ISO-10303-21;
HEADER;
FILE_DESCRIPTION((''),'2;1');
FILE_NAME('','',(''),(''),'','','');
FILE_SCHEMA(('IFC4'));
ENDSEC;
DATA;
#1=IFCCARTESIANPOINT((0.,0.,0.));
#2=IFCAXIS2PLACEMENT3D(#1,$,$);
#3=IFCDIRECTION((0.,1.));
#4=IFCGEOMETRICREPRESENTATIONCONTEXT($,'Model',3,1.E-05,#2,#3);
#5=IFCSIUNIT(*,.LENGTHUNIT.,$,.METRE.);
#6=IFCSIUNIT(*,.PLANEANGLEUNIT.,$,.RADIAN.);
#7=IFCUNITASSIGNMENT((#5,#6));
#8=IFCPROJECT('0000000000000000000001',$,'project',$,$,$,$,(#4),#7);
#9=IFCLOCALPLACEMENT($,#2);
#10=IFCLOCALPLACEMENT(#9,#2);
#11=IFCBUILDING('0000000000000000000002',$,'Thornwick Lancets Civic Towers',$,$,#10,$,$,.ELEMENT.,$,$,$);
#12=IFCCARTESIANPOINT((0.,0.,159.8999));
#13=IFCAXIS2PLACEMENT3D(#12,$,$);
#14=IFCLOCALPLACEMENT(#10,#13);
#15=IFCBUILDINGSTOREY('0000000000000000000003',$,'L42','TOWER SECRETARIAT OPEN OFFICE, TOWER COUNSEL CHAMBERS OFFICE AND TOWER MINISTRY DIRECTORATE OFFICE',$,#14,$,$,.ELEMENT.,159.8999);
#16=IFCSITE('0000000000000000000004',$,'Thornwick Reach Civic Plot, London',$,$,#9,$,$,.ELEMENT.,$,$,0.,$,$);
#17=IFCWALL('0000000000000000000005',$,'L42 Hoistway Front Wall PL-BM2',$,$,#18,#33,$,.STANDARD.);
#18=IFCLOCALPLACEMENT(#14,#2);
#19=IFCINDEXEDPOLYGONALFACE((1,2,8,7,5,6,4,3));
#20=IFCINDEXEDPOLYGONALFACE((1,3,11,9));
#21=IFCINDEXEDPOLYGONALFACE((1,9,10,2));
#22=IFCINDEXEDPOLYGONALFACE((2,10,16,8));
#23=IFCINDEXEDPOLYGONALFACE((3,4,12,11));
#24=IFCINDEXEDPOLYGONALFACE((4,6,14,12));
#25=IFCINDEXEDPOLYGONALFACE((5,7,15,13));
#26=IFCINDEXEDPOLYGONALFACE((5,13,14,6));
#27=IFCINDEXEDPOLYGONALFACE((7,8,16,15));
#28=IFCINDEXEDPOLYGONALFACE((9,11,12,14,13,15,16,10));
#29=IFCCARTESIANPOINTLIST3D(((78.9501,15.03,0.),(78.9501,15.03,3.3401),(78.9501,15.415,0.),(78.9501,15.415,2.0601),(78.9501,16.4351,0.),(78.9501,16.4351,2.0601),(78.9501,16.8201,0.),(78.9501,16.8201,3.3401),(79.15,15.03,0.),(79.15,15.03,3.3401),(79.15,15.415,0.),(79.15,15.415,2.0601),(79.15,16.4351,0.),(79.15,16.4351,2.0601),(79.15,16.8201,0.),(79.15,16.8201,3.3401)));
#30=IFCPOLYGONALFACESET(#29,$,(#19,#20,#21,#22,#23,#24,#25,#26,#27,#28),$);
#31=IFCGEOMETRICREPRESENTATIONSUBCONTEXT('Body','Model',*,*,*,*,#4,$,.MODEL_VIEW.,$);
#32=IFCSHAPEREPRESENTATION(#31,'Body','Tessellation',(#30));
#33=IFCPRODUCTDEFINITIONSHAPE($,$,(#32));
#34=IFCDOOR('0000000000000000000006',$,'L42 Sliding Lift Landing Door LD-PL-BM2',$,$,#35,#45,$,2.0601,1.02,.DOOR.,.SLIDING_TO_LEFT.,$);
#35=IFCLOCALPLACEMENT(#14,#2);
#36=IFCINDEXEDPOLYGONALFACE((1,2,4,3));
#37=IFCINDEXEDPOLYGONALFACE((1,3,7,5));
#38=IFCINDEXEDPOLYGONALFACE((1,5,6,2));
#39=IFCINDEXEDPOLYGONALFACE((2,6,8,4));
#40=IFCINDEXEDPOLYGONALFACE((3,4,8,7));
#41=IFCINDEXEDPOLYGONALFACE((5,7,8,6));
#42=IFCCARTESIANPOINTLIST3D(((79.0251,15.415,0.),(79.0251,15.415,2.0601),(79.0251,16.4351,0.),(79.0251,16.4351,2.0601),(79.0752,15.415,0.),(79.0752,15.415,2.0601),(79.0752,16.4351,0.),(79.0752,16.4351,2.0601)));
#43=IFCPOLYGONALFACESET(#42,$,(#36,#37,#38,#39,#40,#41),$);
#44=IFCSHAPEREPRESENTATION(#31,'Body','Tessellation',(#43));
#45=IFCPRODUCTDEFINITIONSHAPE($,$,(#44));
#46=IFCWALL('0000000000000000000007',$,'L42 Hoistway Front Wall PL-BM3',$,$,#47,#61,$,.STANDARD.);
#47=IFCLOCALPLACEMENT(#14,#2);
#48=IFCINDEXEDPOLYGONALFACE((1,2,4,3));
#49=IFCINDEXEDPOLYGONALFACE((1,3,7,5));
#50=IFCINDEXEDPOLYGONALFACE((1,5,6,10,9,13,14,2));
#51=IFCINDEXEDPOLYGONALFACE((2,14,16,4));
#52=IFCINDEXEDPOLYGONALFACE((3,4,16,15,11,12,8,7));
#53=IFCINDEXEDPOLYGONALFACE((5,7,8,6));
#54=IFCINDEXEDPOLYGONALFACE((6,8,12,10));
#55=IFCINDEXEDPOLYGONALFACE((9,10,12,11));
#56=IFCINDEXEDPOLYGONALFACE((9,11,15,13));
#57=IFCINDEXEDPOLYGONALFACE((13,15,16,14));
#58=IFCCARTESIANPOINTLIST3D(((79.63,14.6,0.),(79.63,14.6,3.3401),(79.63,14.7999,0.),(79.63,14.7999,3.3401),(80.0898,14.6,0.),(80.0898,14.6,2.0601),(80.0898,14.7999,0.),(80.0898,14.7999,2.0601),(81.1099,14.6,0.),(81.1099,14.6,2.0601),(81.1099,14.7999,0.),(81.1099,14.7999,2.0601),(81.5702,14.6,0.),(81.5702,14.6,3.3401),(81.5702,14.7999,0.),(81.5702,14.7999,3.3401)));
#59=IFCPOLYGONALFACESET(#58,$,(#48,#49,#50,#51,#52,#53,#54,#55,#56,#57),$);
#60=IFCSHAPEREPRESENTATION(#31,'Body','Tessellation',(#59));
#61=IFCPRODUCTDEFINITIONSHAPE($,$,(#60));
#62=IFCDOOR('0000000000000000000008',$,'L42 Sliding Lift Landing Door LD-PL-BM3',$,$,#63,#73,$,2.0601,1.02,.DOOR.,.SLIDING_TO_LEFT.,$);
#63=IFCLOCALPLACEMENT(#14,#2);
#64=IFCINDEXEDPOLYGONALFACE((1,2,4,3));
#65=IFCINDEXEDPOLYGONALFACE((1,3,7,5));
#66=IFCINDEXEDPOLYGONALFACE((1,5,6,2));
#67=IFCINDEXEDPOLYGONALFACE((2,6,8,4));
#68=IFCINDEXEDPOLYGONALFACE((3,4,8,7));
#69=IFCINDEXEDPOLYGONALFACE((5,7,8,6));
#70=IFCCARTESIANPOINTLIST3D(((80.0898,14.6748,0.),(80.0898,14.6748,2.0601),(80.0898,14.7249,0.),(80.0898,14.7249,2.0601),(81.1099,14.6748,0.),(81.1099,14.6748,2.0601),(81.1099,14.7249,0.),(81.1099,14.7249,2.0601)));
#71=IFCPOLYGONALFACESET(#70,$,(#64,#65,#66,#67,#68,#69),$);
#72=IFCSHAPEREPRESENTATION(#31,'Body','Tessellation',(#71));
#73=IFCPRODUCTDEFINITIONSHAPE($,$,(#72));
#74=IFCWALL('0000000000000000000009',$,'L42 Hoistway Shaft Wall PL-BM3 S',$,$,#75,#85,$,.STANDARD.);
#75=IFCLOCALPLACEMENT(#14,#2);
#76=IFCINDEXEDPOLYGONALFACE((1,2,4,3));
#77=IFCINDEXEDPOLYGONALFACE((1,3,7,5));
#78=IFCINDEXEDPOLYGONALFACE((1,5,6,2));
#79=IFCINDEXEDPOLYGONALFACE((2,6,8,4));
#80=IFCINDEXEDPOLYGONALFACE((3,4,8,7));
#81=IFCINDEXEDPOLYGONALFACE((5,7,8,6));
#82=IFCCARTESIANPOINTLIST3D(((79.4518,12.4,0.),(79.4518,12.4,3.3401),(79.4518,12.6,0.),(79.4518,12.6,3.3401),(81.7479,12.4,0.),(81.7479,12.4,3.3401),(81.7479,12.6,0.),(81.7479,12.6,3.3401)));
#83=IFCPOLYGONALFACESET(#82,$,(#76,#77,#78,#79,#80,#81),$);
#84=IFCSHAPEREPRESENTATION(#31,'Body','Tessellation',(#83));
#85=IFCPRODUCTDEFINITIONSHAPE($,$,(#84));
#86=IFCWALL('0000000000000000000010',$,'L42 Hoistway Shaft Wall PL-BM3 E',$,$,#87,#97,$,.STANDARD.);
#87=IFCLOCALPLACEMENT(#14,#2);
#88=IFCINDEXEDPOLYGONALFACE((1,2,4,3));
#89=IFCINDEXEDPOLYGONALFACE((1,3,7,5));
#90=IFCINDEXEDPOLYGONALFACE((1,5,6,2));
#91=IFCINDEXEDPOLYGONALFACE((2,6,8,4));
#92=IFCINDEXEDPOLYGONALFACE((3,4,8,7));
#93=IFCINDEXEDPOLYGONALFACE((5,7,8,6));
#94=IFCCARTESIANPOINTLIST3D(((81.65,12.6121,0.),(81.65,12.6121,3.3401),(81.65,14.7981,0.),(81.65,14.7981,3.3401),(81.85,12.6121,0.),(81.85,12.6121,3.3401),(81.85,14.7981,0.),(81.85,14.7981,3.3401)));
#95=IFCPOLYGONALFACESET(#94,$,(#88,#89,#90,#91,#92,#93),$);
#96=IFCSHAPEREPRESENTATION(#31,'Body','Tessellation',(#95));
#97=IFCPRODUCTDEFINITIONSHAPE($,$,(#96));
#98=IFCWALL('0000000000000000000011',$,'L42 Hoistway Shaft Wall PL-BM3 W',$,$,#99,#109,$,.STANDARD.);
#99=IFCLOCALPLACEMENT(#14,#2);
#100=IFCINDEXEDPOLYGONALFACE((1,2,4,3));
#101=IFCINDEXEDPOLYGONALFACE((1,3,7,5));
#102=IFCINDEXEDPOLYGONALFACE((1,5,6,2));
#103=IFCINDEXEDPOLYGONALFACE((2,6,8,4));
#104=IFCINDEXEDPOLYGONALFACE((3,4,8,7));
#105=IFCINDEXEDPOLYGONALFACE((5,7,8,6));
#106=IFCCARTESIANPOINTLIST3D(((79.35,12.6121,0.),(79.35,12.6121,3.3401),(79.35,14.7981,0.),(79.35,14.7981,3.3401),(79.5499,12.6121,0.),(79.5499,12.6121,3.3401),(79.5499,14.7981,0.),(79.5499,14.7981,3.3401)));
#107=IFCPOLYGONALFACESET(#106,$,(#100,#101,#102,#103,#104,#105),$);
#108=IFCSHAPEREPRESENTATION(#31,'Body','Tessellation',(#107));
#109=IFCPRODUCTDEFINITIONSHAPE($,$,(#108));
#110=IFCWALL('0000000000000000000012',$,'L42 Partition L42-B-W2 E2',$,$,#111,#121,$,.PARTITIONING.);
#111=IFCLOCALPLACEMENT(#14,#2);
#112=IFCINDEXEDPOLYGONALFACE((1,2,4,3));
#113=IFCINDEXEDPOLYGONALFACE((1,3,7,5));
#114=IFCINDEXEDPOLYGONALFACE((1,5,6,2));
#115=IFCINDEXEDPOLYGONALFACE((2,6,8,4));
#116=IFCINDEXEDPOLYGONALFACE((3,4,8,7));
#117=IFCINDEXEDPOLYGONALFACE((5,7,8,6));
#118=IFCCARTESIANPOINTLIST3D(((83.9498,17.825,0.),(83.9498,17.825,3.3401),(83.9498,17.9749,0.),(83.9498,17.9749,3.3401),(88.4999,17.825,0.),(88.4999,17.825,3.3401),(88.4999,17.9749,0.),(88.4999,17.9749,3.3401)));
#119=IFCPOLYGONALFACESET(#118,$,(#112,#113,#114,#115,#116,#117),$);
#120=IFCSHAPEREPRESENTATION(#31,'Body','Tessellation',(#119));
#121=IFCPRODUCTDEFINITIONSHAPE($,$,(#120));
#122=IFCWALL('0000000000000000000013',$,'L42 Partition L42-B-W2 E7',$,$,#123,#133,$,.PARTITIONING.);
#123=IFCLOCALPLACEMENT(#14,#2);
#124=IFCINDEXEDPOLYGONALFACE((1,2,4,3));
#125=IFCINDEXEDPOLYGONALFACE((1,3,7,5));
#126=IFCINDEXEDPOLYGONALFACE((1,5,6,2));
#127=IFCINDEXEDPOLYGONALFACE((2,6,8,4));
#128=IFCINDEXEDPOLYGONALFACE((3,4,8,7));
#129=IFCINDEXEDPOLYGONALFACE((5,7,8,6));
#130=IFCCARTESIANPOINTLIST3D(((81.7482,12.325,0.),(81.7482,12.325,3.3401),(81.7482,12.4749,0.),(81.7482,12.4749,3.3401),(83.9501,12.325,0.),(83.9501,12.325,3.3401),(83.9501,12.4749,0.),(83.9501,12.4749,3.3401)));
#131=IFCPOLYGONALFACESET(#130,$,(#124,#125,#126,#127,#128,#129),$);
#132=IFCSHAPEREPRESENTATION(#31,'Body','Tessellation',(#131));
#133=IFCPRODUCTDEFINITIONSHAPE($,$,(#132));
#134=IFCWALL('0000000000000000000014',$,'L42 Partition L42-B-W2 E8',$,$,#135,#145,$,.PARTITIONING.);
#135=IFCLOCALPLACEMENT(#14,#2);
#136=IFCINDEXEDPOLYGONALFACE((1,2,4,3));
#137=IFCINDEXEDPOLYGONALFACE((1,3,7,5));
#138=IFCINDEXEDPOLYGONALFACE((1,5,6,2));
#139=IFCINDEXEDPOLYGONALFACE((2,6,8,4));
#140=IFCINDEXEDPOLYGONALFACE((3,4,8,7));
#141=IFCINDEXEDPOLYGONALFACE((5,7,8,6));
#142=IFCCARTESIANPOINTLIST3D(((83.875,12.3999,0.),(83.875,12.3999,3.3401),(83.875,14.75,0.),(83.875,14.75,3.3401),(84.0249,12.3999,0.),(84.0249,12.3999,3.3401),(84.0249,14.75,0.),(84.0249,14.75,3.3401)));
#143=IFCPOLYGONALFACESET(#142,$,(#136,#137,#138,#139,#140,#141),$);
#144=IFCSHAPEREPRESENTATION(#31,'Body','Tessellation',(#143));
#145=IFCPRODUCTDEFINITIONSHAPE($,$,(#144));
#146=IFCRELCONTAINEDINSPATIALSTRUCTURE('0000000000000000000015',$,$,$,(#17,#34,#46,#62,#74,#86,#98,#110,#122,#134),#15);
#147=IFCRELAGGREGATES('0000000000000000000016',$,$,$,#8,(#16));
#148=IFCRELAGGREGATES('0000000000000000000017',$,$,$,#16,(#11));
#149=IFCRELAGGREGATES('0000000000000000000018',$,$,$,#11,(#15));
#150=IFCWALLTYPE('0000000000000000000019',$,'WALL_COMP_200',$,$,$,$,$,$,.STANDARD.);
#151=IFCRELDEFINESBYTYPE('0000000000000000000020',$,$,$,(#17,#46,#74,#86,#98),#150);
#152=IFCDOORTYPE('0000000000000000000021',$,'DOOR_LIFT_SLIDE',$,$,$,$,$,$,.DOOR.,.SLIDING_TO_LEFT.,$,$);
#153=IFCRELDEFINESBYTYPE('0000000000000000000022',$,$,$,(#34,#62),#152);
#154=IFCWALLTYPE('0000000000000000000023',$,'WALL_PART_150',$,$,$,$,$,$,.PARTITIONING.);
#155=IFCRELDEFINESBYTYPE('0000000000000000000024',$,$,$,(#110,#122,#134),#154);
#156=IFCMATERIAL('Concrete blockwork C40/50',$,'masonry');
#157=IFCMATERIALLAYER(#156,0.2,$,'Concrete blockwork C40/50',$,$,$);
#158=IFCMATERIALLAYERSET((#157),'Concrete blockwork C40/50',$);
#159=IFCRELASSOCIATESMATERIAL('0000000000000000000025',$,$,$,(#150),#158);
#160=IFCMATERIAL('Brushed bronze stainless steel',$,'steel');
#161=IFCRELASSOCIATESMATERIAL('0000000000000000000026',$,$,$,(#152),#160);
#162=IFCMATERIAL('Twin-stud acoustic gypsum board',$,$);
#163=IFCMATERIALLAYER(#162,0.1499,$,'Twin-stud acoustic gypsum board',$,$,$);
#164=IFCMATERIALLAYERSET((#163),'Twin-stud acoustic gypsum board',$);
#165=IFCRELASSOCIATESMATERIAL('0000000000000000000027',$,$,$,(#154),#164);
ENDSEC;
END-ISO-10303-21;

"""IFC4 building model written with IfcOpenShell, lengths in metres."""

from ifc_helpers import new_model, si_unit, direction, frame, frame_2d, origin, place, context, subcontext, project, spatial, rectangle, extrude, material, layer, layer_set, type_object, element, fill, save


model = new_model("IFC4")

# Units and contexts
model_context = context("Model", 3, precision=1e-05, world=origin(), true_north=direction((0.0, 1.0)))
body_context = subcontext(model_context, "Body", "Model", "MODEL_VIEW")
ifc_project = project(units=[si_unit("LENGTHUNIT", "METRE"), si_unit("PLANEANGLEUNIT", "RADIAN")], contexts=[model_context])

# Site, building, storey
site_placement = place(None, origin())
site = spatial("IfcSite", under=ifc_project, at=site_placement, Name="Thornwick Reach Civic Plot, London", CompositionType="ELEMENT", RefElevation=0.0)
building_placement = place(site_placement, origin())
building = spatial("IfcBuilding", under=site, at=building_placement, Name="Thornwick Lancets Civic Towers", CompositionType="ELEMENT")
storey_placement = place(building_placement, frame((0.0, 0.0, 159.8999)))
storey = spatial("IfcBuildingStorey", under=building, at=storey_placement, Name="L42", Description="TOWER SECRETARIAT OPEN OFFICE, TOWER COUNSEL CHAMBERS OFFICE AND TOWER MINISTRY DIRECTORATE OFFICE", CompositionType="ELEMENT", Elevation=159.8999)

# Walls, openings, doors
ifc_material_1 = material(Name="Concrete blockwork C40/50", Category="masonry")
ifc_layer_1 = layer(ifc_material_1, 0.2, Name="Concrete blockwork C40/50")
ifc_layer_set_1 = layer_set([ifc_layer_1], Name="Concrete blockwork C40/50")
wall_type_1 = type_object("IfcWallType", Name="WALL_COMP_200", PredefinedType="STANDARD", material=ifc_layer_set_1)
ifc_material_2 = material(Name="Brushed bronze stainless steel", Category="steel")
door_type_1 = type_object("IfcDoorType", Name="DOOR_LIFT_SLIDE", OperationType="SLIDING_TO_LEFT", PredefinedType="DOOR", material=ifc_material_2)
wall_1_placement = place(storey_placement, frame((79.05, 15.03, 0.0), z_axis=(0.0, 0.0, 1.0), x_axis=(0.0, 1.0, 0.0)))
wall_1 = element("IfcWall", 1, at=wall_1_placement, inside=storey, type_object=wall_type_1, Name="L42 Hoistway Front Wall PL-BM2", PredefinedType="STANDARD", context=body_context, shape_type="SweptSolid", body=[
    extrude(rectangle(XDim=1.79, YDim=0.2, at=frame_2d((0.895, 0.0))), origin(), (0.0, 0.0, 1.0), 3.3401),
])
opening_1_placement = place(wall_1_placement, frame((0.385, 0.0, 0.0)))
opening_1 = element("IfcOpeningElement", 2, at=opening_1_placement, cuts=wall_1, PredefinedType="OPENING", context=body_context, shape_type="SweptSolid", body=[
    extrude(rectangle(XDim=1.02, YDim=2.0601, at=frame_2d((0.51, 1.03))), frame((0.0, 0.1099, 0.0), z_axis=(0.0, -1.0, 0.0), x_axis=(1.0, 0.0, 0.0)), (0.0, 0.0, 1.0), 0.22),
])
door_1_placement = place(opening_1_placement, origin())
door_1 = element("IfcDoor", 3, at=door_1_placement, inside=storey, type_object=door_type_1, Name="L42 Sliding Lift Landing Door LD-PL-BM2", OperationType="SLIDING_TO_LEFT", OverallHeight=2.0601, OverallWidth=1.02, PredefinedType="DOOR", context=body_context, shape_type="SweptSolid", body=[
    extrude(rectangle(XDim=1.02, YDim=2.0601, at=frame_2d((0.51, 1.03))), frame((0.0, 0.0249, 0.0), z_axis=(0.0, -1.0, 0.0), x_axis=(1.0, 0.0, 0.0)), (0.0, 0.0, 1.0), 0.05),
])
fill(opening_1, door_1)
wall_2_placement = place(storey_placement, frame((79.6299, 14.7, 0.0), z_axis=(0.0, 0.0, 1.0), x_axis=(1.0, 0.0, 0.0)))
wall_2 = element("IfcWall", 4, at=wall_2_placement, inside=storey, type_object=wall_type_1, Name="L42 Hoistway Front Wall PL-BM3", PredefinedType="STANDARD", context=body_context, shape_type="SweptSolid", body=[
    extrude(rectangle(XDim=1.9402, YDim=0.2, at=frame_2d((0.9702, 0.0))), origin(), (0.0, 0.0, 1.0), 3.3401),
])
opening_2_placement = place(wall_2_placement, frame((0.46, 0.0, 0.0)))
opening_2 = element("IfcOpeningElement", 5, at=opening_2_placement, cuts=wall_2, PredefinedType="OPENING", context=body_context, shape_type="SweptSolid", body=[
    extrude(rectangle(XDim=1.02, YDim=2.0601, at=frame_2d((0.51, 1.03))), frame((0.0, 0.1099, 0.0), z_axis=(0.0, -1.0, 0.0), x_axis=(1.0, 0.0, 0.0)), (0.0, 0.0, 1.0), 0.22),
])
door_2_placement = place(opening_2_placement, origin())
door_2 = element("IfcDoor", 6, at=door_2_placement, inside=storey, type_object=door_type_1, Name="L42 Sliding Lift Landing Door LD-PL-BM3", OperationType="SLIDING_TO_LEFT", OverallHeight=2.0601, OverallWidth=1.02, PredefinedType="DOOR", context=body_context, shape_type="SweptSolid", body=[
    extrude(rectangle(XDim=1.02, YDim=2.0601, at=frame_2d((0.51, 1.03))), frame((0.0, 0.0249, 0.0), z_axis=(0.0, -1.0, 0.0), x_axis=(1.0, 0.0, 0.0)), (0.0, 0.0, 1.0), 0.05),
])
fill(opening_2, door_2)

# Walls
wall_3_placement = place(storey_placement, frame((79.4519, 12.5, 0.0), z_axis=(0.0, 0.0, 1.0), x_axis=(1.0, 0.0, 0.0)))
element("IfcWall", 7, at=wall_3_placement, inside=storey, type_object=wall_type_1, Name="L42 Hoistway Shaft Wall PL-BM3 S", PredefinedType="STANDARD", context=body_context, shape_type="SweptSolid", body=[
    extrude(rectangle(XDim=2.2961, YDim=0.2, at=frame_2d((1.1479, 0.0))), origin(), (0.0, 0.0, 1.0), 3.3401),
])
for number, where, z_axis, x_axis, name in (
    (8, (81.75, 12.6121, 0.0), (0.0, 0.0, 1.0), (0.0, 1.0, 0.0), "L42 Hoistway Shaft Wall PL-BM3 E"),
    (9, (79.45, 12.6121, 0.0), (0.0, 0.0, 1.0), (0.0, 1.0, 0.0), "L42 Hoistway Shaft Wall PL-BM3 W"),
):
    element("IfcWall", number, at=place(storey_placement, frame(where, z_axis=z_axis, x_axis=x_axis)), inside=storey, type_object=wall_type_1, Name=name, PredefinedType="STANDARD", context=body_context, shape_type="SweptSolid", body=[
        extrude(rectangle(XDim=2.186, YDim=0.2, at=frame_2d((1.093, 0.0))), origin(), (0.0, 0.0, 1.0), 3.3401),
    ])

# Shared definitions
ifc_material_3 = material(Name="Twin-stud acoustic gypsum board")
ifc_layer_2 = layer(ifc_material_3, 0.1499, Name="Twin-stud acoustic gypsum board")
ifc_layer_set_2 = layer_set([ifc_layer_2], Name="Twin-stud acoustic gypsum board")
wall_type_2 = type_object("IfcWallType", Name="WALL_PART_150", PredefinedType="PARTITIONING", material=ifc_layer_set_2)

# Walls
wall_4_placement = place(storey_placement, frame((83.95, 17.8999, 0.0), z_axis=(0.0, 0.0, 1.0), x_axis=(1.0, 0.0, 0.0)))
element("IfcWall", 10, at=wall_4_placement, inside=storey, type_object=wall_type_2, Name="L42 Partition L42-B-W2 E2", PredefinedType="PARTITIONING", context=body_context, shape_type="SweptSolid", body=[
    extrude(rectangle(XDim=4.55, YDim=0.1499, at=frame_2d((2.2749, 0.0))), origin(), (0.0, 0.0, 1.0), 3.3401),
])
wall_5_placement = place(storey_placement, frame((81.748, 12.3999, 0.0), z_axis=(0.0, 0.0, 1.0), x_axis=(1.0, 0.0, 0.0)))
element("IfcWall", 11, at=wall_5_placement, inside=storey, type_object=wall_type_2, Name="L42 Partition L42-B-W2 E7", PredefinedType="PARTITIONING", context=body_context, shape_type="SweptSolid", body=[
    extrude(rectangle(XDim=2.2019, YDim=0.1499, at=frame_2d((1.1011, 0.0))), origin(), (0.0, 0.0, 1.0), 3.3401),
])
wall_6_placement = place(storey_placement, frame((83.95, 12.3999, 0.0), z_axis=(0.0, 0.0, 1.0), x_axis=(0.0, 1.0, 0.0)))
element("IfcWall", 12, at=wall_6_placement, inside=storey, type_object=wall_type_2, Name="L42 Partition L42-B-W2 E8", PredefinedType="PARTITIONING", context=body_context, shape_type="SweptSolid", body=[
    extrude(rectangle(XDim=2.3501, YDim=0.1499, at=frame_2d((1.175, 0.0))), origin(), (0.0, 0.0, 1.0), 3.3401),
])

save(model, "model.ifc")
